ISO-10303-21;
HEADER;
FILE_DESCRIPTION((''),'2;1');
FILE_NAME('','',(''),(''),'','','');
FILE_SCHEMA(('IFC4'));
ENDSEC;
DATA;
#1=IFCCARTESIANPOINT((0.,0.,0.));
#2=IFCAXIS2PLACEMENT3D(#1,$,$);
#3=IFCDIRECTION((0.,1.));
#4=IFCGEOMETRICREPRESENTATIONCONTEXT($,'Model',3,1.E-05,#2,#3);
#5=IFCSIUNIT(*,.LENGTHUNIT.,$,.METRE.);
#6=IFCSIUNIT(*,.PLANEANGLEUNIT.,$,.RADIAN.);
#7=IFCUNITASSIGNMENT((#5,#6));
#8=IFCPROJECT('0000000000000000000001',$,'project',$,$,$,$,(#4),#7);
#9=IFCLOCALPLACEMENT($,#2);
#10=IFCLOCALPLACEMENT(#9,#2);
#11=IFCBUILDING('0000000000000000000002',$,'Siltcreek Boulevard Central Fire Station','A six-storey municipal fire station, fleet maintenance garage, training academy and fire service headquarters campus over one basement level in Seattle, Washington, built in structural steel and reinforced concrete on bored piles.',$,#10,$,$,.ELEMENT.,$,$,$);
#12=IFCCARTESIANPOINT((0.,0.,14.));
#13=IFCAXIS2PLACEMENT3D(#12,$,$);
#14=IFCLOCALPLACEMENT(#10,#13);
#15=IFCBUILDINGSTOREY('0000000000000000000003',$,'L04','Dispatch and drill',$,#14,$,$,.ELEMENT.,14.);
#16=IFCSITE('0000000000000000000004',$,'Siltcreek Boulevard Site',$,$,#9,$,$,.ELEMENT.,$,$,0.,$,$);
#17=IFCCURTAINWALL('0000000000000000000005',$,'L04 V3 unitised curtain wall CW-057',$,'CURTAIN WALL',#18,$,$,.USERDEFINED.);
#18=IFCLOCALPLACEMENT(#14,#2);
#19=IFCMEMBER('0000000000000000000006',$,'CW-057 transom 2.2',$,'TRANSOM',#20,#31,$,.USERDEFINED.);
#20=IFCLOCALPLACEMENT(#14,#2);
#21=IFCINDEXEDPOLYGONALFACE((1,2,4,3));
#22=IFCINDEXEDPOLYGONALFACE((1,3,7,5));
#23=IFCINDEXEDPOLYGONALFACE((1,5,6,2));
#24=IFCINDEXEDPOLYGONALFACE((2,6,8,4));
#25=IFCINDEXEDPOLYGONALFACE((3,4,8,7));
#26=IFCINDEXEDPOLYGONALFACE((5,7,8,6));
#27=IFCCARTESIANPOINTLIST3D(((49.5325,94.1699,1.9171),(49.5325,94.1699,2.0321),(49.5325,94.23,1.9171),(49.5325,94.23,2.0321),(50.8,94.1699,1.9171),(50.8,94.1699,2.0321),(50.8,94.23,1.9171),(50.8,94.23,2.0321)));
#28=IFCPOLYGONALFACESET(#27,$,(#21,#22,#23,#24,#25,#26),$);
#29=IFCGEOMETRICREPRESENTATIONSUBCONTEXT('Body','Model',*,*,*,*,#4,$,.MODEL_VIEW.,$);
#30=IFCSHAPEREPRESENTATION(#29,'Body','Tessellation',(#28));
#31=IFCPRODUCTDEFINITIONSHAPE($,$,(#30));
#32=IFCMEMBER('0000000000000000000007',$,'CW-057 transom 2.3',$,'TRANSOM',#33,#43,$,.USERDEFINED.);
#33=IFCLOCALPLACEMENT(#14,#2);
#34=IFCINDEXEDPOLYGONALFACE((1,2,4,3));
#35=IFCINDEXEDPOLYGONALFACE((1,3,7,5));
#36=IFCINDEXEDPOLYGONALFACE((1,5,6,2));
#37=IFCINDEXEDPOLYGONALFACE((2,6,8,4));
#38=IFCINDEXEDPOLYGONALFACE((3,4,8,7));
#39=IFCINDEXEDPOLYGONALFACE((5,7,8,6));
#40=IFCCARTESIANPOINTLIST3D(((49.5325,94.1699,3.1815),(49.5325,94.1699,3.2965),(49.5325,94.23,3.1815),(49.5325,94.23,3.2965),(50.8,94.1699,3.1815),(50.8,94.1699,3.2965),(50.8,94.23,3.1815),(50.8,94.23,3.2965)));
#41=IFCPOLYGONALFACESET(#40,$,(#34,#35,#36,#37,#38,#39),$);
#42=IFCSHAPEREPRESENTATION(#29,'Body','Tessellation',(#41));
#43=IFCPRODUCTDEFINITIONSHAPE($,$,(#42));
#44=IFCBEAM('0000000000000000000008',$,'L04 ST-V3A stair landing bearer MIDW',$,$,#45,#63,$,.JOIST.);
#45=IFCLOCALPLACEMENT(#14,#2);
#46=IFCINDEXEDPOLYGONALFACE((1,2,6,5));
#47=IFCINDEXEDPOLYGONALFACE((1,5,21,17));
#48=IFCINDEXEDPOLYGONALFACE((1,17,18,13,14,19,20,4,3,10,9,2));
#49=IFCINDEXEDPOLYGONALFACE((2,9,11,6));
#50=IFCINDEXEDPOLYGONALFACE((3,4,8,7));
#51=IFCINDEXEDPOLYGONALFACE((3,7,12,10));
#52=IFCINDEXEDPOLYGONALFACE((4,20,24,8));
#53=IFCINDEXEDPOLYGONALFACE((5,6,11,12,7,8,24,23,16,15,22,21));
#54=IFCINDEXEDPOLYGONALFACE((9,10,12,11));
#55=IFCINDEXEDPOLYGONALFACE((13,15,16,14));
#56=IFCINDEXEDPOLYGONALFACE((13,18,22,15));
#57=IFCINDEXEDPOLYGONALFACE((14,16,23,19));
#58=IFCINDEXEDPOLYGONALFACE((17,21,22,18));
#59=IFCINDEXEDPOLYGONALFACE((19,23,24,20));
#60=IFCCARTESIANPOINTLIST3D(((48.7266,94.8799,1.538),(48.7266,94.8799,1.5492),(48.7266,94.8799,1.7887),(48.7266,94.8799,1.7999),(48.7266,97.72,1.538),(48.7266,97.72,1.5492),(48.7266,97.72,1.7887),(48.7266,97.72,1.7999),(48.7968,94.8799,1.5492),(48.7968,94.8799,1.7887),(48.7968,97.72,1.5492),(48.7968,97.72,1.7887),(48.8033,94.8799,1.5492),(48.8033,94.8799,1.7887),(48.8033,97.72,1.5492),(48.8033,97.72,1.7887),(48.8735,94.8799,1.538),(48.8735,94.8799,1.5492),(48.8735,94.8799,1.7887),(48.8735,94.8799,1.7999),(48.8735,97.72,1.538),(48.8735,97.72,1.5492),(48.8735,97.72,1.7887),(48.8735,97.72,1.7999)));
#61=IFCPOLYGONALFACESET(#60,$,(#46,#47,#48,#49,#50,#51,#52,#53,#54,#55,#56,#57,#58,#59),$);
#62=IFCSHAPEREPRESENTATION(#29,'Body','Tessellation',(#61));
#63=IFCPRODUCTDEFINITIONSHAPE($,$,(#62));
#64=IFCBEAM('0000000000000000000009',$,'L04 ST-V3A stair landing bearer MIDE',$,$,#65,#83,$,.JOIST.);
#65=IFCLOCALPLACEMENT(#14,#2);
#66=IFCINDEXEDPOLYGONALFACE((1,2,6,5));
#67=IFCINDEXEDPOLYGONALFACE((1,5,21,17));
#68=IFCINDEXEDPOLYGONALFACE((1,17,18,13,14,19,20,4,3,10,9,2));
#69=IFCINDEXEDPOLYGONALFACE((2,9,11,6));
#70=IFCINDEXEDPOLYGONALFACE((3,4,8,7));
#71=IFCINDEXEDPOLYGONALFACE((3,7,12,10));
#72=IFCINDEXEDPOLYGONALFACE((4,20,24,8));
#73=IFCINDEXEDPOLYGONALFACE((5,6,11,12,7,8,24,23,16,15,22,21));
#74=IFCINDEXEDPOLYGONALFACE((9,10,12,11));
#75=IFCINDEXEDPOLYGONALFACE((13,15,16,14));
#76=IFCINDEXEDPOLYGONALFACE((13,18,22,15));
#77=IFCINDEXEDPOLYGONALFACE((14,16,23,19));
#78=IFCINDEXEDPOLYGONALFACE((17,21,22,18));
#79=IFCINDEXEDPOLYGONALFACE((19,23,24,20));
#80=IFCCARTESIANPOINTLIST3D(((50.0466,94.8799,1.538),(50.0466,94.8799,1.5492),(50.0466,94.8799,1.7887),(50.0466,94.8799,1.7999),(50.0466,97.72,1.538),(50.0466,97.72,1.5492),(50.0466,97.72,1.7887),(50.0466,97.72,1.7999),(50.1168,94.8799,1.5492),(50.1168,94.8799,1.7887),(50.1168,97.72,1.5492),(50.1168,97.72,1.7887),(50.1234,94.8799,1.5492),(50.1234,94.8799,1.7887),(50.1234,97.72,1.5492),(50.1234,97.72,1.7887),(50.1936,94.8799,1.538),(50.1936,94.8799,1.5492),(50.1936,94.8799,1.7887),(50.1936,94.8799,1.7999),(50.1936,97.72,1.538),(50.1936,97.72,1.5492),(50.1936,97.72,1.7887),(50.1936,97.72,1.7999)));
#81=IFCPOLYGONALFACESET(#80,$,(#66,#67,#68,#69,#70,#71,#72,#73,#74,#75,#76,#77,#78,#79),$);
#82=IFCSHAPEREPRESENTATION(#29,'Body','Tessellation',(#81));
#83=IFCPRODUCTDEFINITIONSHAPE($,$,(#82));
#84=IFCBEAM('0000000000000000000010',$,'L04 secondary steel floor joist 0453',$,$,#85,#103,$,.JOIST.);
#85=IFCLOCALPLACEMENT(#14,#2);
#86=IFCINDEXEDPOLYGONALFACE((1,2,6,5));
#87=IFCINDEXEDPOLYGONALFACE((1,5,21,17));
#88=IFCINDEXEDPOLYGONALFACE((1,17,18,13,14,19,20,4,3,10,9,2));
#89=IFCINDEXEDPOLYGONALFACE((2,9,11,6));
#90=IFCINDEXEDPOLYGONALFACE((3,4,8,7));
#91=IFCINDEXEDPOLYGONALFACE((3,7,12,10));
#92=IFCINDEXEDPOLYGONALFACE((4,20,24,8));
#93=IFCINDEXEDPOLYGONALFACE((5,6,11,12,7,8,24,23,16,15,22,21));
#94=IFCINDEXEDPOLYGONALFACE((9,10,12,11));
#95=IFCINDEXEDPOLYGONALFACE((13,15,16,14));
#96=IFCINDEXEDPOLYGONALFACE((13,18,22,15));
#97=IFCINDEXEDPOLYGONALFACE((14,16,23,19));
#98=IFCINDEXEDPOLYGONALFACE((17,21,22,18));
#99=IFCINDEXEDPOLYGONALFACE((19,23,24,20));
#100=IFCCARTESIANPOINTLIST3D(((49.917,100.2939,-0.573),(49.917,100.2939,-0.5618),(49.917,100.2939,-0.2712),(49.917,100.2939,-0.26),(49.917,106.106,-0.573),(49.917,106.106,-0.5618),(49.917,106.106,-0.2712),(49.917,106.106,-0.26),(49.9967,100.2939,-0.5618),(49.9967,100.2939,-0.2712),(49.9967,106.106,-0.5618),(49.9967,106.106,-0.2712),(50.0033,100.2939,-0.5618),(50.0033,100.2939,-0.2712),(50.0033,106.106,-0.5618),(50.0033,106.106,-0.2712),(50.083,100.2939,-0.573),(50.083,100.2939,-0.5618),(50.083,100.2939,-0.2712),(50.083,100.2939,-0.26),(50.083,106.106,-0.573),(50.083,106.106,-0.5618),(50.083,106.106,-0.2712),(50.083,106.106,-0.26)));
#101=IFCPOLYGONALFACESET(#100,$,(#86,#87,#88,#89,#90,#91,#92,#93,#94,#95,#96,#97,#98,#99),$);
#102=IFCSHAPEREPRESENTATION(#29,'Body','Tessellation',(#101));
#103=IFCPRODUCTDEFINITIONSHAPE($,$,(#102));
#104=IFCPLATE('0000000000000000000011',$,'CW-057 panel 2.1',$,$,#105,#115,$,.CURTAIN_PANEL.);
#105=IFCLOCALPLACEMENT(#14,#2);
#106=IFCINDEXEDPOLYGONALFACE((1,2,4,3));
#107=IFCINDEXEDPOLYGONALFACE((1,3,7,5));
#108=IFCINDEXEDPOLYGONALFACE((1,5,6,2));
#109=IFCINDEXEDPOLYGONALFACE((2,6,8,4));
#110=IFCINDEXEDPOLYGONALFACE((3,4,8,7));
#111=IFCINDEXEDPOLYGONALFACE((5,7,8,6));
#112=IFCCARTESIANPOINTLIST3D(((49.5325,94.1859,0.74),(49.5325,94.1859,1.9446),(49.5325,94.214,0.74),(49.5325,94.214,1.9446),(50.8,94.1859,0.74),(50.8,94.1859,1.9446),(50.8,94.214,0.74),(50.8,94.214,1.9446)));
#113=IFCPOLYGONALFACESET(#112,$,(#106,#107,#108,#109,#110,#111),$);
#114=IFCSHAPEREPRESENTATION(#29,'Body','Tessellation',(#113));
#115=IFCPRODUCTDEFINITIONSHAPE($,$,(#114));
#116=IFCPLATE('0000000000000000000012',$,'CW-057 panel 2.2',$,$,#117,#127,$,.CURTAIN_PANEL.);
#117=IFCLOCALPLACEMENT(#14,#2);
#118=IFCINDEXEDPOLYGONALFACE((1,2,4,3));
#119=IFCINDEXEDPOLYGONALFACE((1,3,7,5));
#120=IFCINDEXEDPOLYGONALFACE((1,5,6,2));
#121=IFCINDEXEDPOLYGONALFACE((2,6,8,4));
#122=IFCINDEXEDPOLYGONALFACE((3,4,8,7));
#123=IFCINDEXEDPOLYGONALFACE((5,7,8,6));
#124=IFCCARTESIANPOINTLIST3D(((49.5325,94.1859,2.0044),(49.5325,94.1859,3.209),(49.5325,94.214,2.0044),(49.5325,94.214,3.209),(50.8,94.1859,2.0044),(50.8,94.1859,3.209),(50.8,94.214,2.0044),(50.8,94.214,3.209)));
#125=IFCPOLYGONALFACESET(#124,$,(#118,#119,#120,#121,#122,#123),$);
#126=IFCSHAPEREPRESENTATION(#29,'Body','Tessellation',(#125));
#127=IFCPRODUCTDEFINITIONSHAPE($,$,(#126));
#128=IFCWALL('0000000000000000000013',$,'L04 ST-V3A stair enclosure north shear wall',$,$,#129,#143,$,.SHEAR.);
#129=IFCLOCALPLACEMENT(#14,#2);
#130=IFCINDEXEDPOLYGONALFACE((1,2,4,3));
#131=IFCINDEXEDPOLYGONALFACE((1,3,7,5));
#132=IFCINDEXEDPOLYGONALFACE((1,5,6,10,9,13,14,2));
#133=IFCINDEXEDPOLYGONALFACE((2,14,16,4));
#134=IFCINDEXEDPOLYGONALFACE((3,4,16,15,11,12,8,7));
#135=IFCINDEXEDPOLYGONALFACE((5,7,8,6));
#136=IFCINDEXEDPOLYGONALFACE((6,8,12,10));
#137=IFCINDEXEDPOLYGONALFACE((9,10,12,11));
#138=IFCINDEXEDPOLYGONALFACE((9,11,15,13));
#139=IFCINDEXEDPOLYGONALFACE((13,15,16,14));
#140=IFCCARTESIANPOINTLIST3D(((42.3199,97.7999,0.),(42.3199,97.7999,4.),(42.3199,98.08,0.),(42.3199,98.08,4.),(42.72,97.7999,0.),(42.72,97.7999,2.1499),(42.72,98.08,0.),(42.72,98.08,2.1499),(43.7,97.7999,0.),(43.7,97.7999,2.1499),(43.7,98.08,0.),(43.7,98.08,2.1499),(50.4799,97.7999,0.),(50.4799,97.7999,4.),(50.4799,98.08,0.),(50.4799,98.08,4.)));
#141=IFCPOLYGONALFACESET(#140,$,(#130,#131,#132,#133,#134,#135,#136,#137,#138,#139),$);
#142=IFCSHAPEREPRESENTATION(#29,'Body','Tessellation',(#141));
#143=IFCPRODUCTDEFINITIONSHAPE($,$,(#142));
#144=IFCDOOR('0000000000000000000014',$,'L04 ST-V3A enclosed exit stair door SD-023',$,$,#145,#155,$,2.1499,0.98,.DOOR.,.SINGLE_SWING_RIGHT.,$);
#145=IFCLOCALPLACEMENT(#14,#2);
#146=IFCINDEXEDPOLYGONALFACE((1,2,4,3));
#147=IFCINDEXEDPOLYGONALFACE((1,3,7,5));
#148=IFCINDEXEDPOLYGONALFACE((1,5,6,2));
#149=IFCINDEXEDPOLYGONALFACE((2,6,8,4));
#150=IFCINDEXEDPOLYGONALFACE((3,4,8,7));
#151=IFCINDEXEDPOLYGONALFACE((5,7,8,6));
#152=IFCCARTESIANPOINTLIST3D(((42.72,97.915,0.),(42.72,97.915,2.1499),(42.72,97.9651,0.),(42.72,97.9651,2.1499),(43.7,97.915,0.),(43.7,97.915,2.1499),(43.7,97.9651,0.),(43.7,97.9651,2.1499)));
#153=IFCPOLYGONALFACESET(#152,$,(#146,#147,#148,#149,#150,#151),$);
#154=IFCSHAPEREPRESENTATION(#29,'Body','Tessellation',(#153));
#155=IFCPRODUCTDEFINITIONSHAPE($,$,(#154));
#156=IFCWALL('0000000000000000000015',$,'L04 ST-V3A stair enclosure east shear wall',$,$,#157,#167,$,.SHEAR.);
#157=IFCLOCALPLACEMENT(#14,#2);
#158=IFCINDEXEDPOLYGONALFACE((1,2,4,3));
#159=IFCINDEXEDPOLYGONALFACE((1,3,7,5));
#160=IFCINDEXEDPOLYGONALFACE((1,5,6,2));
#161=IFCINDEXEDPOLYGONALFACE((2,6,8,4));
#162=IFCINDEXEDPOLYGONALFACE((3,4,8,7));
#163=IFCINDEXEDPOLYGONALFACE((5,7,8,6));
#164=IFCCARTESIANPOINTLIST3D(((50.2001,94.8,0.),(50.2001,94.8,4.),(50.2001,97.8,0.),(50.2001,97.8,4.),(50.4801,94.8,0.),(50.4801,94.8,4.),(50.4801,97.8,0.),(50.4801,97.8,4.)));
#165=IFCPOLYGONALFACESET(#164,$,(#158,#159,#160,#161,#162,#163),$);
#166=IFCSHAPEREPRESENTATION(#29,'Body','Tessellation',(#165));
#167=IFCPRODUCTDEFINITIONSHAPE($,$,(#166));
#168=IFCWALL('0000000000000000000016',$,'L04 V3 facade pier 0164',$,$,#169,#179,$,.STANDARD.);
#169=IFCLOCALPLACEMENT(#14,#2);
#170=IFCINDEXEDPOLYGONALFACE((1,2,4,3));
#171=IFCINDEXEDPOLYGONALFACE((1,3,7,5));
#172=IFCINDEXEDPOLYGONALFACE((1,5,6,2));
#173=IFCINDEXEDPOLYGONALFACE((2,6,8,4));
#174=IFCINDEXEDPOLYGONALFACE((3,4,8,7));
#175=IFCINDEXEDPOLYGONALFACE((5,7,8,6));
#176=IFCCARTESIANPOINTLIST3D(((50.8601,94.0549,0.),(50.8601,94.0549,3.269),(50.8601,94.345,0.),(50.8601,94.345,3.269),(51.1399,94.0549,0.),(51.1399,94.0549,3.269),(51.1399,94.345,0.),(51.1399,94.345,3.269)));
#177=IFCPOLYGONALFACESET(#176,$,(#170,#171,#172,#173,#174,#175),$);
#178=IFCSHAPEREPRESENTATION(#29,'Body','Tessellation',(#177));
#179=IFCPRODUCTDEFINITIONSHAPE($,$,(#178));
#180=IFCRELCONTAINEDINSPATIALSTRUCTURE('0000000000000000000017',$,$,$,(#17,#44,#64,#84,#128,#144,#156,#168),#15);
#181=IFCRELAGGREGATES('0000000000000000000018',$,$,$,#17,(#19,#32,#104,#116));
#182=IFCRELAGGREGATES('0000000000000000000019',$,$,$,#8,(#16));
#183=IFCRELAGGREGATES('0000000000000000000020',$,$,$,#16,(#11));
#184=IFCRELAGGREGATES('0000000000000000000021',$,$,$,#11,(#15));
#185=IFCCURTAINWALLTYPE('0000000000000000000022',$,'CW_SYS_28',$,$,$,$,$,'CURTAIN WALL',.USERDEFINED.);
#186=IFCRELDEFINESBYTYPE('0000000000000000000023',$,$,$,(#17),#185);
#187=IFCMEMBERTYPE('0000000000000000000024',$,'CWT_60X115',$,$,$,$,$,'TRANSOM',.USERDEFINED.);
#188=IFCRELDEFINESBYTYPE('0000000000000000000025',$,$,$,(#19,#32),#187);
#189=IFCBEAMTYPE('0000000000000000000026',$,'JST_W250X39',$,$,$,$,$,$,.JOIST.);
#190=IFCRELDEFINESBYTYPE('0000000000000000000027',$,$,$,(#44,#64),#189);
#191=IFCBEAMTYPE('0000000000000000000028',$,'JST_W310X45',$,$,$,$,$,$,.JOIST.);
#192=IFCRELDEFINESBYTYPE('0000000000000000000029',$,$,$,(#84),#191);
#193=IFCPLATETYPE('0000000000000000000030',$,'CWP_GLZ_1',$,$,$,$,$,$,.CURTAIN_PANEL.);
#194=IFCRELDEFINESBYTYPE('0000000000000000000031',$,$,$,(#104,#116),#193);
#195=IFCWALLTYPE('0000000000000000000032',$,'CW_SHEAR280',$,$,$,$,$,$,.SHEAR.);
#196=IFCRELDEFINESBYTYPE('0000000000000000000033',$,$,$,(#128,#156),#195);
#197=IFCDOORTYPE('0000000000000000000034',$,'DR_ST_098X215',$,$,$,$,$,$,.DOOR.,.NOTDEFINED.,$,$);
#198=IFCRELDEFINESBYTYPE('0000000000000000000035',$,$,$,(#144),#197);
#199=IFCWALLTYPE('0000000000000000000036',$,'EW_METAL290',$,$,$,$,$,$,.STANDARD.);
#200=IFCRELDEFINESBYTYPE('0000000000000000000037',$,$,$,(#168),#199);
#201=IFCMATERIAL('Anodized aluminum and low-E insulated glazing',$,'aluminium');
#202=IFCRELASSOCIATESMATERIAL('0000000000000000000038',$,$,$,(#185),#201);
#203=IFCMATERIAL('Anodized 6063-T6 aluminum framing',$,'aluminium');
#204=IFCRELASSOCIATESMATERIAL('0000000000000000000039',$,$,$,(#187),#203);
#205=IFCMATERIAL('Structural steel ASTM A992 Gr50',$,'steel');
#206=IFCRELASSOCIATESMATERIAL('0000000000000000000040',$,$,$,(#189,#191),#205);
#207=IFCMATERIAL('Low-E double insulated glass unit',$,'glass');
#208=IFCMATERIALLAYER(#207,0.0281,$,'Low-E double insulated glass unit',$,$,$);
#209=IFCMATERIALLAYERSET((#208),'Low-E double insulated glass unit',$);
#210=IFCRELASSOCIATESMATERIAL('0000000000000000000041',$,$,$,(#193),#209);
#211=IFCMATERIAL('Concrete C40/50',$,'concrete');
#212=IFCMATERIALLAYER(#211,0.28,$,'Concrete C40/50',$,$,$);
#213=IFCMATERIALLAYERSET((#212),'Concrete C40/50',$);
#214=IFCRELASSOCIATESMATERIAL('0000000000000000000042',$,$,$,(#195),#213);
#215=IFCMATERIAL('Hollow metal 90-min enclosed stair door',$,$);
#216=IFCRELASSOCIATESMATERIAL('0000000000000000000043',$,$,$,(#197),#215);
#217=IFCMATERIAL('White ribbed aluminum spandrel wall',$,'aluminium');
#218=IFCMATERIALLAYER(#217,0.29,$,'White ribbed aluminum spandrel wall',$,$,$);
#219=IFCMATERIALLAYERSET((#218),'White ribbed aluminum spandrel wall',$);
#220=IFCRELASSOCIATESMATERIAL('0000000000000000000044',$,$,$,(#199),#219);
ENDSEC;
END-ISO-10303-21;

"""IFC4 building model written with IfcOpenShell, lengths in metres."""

from ifc_helpers import new_model, si_unit, direction, frame, frame_2d, origin, origin_2d, place, context, subcontext, project, spatial, rectangle, i_section, extrude, material, layer, layer_set, material_profile, profile_set, type_object, element, fill, aggregate, save


model = new_model("IFC4")

# Units and contexts
model_context = context("Model", 3, precision=1e-05, world=origin(), true_north=direction((0.0, 1.0)))
body_context = subcontext(model_context, "Body", "Model", "MODEL_VIEW")
ifc_project = project(units=[si_unit("LENGTHUNIT", "METRE"), si_unit("PLANEANGLEUNIT", "RADIAN")], contexts=[model_context])

# Site, building, storey
site_placement = place(None, origin())
site = spatial("IfcSite", under=ifc_project, at=site_placement, Name="Siltcreek Boulevard Site", CompositionType="ELEMENT", RefElevation=0.0)
building_placement = place(site_placement, origin())
building = spatial("IfcBuilding", under=site, at=building_placement, Name="Siltcreek Boulevard Central Fire Station", Description="A six-storey municipal fire station, fleet maintenance garage, training academy and fire service headquarters campus over one basement level in Seattle, Washington, built in structural steel and reinforced concrete on bored piles.", CompositionType="ELEMENT")
storey_placement = place(building_placement, frame((0.0, 0.0, 14.0)))
storey = spatial("IfcBuildingStorey", under=building, at=storey_placement, Name="L04", Description="Dispatch and drill", CompositionType="ELEMENT", Elevation=14.0)

# Shared definitions
ifc_material_1 = material(Name="Structural steel ASTM A992 Gr50", Category="steel")

# Curtain wall
ifc_material_2 = material(Name="Anodized aluminum and low-E insulated glazing", Category="aluminium")
curtain_wall_type_1 = type_object("IfcCurtainWallType", Name="CW_SYS_28", ElementType="CURTAIN WALL", PredefinedType="USERDEFINED", material=ifc_material_2)
curtain_wall_1_placement = place(storey_placement, origin())
curtain_wall_1 = element("IfcCurtainWall", 1, at=curtain_wall_1_placement, inside=storey, type_object=curtain_wall_type_1, Name="L04 V3 unitised curtain wall CW-057", ObjectType="CURTAIN WALL", PredefinedType="USERDEFINED")
ifc_material_3 = material(Name="Anodized 6063-T6 aluminum framing", Category="aluminium")

# Members
ifc_material_profile_1 = material_profile(ifc_material_3, rectangle(XDim=0.0601, YDim=0.115, at=origin_2d()), Name="TRAN60X115")
ifc_profile_set_1 = profile_set([ifc_material_profile_1], Name="Anodized 6063-T6 aluminum framing")
member_type_1 = type_object("IfcMemberType", Name="CWT_60X115", ElementType="TRANSOM", PredefinedType="USERDEFINED", material=ifc_profile_set_1)
member_1_placement = place(storey_placement, frame((49.5325, 94.2, 1.9746), z_axis=(1.0, 0.0, 0.0), x_axis=(0.0, 1.0, 0.0)))
member_1 = element("IfcMember", 2, at=member_1_placement, type_object=member_type_1, Name="CW-057 transom 2.2", ObjectType="TRANSOM", PredefinedType="USERDEFINED", context=body_context, shape_type="SweptSolid", body=[
    extrude(rectangle(XDim=0.0601, YDim=0.115, at=origin_2d()), origin(), (0.0, 0.0, 1.0), 1.2676),
])
member_2_placement = place(storey_placement, frame((49.5325, 94.2, 3.239), z_axis=(1.0, 0.0, 0.0), x_axis=(0.0, 1.0, 0.0)))
member_2 = element("IfcMember", 3, at=member_2_placement, type_object=member_type_1, Name="CW-057 transom 2.3", ObjectType="TRANSOM", PredefinedType="USERDEFINED", context=body_context, shape_type="SweptSolid", body=[
    extrude(rectangle(XDim=0.0601, YDim=0.115, at=origin_2d()), origin(), (0.0, 0.0, 1.0), 1.2676),
])

# Beams
ifc_material_profile_2 = material_profile(ifc_material_1, i_section(OverallWidth=0.147, OverallDepth=0.262, WebThickness=0.0066, FlangeThickness=0.0112, at=origin_2d()), Name="W250X39")
ifc_profile_set_2 = profile_set([ifc_material_profile_2], Name="Structural steel ASTM A992 Gr50")
beam_type_1 = type_object("IfcBeamType", Name="JST_W250X39", PredefinedType="JOIST", material=ifc_profile_set_2)
for number, where, z_axis, x_axis, name in (
    (4, (48.8, 94.8799, 1.6689), (0.0, 1.0, 0.0), (-1.0, 0.0, 0.0), "L04 ST-V3A stair landing bearer MIDW"),
    (5, (50.1201, 94.8799, 1.6689), (0.0, 1.0, 0.0), (-1.0, 0.0, 0.0), "L04 ST-V3A stair landing bearer MIDE"),
):
    element("IfcBeam", number, at=place(storey_placement, frame(where, z_axis=z_axis, x_axis=x_axis)), inside=storey, type_object=beam_type_1, Name=name, PredefinedType="JOIST", context=body_context, shape_type="SweptSolid", body=[
        extrude(i_section(OverallWidth=0.147, OverallDepth=0.262, WebThickness=0.0066, FlangeThickness=0.0112, at=origin_2d()), origin(), (0.0, 0.0, 1.0), 2.8401),
    ])
ifc_material_profile_3 = material_profile(ifc_material_1, i_section(OverallWidth=0.166, OverallDepth=0.313, WebThickness=0.0066, FlangeThickness=0.0112, at=origin_2d()), Name="W310X45")
ifc_profile_set_3 = profile_set([ifc_material_profile_3], Name="Structural steel ASTM A992 Gr50")
beam_type_2 = type_object("IfcBeamType", Name="JST_W310X45", PredefinedType="JOIST", material=ifc_profile_set_3)
beam_1_placement = place(storey_placement, frame((50.0, 100.2939, -0.4165), z_axis=(0.0, 1.0, 0.0), x_axis=(-1.0, 0.0, 0.0)))
element("IfcBeam", 6, at=beam_1_placement, inside=storey, type_object=beam_type_2, Name="L04 secondary steel floor joist 0453", PredefinedType="JOIST", context=body_context, shape_type="SweptSolid", body=[
    extrude(i_section(OverallWidth=0.166, OverallDepth=0.313, WebThickness=0.0066, FlangeThickness=0.0112, at=origin_2d()), origin(), (0.0, 0.0, 1.0), 5.812),
])

# Plates
ifc_material_4 = material(Name="Low-E double insulated glass unit", Category="glass")
ifc_layer_1 = layer(ifc_material_4, 0.0281, Name="Low-E double insulated glass unit")
ifc_layer_set_1 = layer_set([ifc_layer_1], Name="Low-E double insulated glass unit")
plate_type = type_object("IfcPlateType", Name="CWP_GLZ_1", PredefinedType="CURTAIN_PANEL", material=ifc_layer_set_1)
plate_1_placement = place(storey_placement, frame((50.1663, 94.2, 0.74), z_axis=(0.0, 0.0, 1.0), x_axis=(1.0, 0.0, 0.0)))
plate_1 = element("IfcPlate", 7, at=plate_1_placement, type_object=plate_type, Name="CW-057 panel 2.1", PredefinedType="CURTAIN_PANEL", context=body_context, shape_type="SweptSolid", body=[
    extrude(rectangle(XDim=1.2676, YDim=0.0281, at=origin_2d()), origin(), (0.0, 0.0, 1.0), 1.2046),
])
plate_2_placement = place(storey_placement, frame((50.1663, 94.2, 2.0044), z_axis=(0.0, 0.0, 1.0), x_axis=(1.0, 0.0, 0.0)))
plate_2 = element("IfcPlate", 8, at=plate_2_placement, type_object=plate_type, Name="CW-057 panel 2.2", PredefinedType="CURTAIN_PANEL", context=body_context, shape_type="SweptSolid", body=[
    extrude(rectangle(XDim=1.2676, YDim=0.0281, at=origin_2d()), origin(), (0.0, 0.0, 1.0), 1.2046),
])
aggregate(curtain_wall_1, [member_1, member_2, plate_1, plate_2])

# Wall, opening, door
ifc_material_5 = material(Name="Concrete C40/50", Category="concrete")
ifc_layer_2 = layer(ifc_material_5, 0.28, Name="Concrete C40/50")
ifc_layer_set_2 = layer_set([ifc_layer_2], Name="Concrete C40/50")
wall_type_1 = type_object("IfcWallType", Name="CW_SHEAR280", PredefinedType="SHEAR", material=ifc_layer_set_2)
wall_1_placement = place(storey_placement, frame((50.48, 97.9399, 0.0), z_axis=(0.0, 0.0, 1.0), x_axis=(-1.0, 0.0, 0.0)))
wall_1 = element("IfcWall", 9, at=wall_1_placement, inside=storey, type_object=wall_type_1, Name="L04 ST-V3A stair enclosure north shear wall", PredefinedType="SHEAR", context=body_context, shape_type="SweptSolid", body=[
    extrude(rectangle(XDim=8.1599, YDim=0.28, at=frame_2d((4.0801, 0.0))), origin(), (0.0, 0.0, 1.0), 4.0),
])
opening_placement = place(wall_1_placement, frame((6.78, 0.0, 0.0)))
opening = element("IfcOpeningElement", 10, at=opening_placement, cuts=wall_1, PredefinedType="OPENING", context=body_context, shape_type="SweptSolid", body=[
    extrude(rectangle(XDim=0.98, YDim=2.1499, at=frame_2d((0.49, 1.075))), frame((0.0, 0.1499, 0.0), z_axis=(0.0, -1.0, 0.0), x_axis=(1.0, 0.0, 0.0)), (0.0, 0.0, 1.0), 0.3),
])
ifc_material_6 = material(Name="Hollow metal 90-min enclosed stair door")
door_type = type_object("IfcDoorType", Name="DR_ST_098X215", OperationType="NOTDEFINED", PredefinedType="DOOR", material=ifc_material_6)
door_placement = place(opening_placement, origin())
door = element("IfcDoor", 11, at=door_placement, inside=storey, type_object=door_type, Name="L04 ST-V3A enclosed exit stair door SD-023", OperationType="SINGLE_SWING_RIGHT", OverallHeight=2.1499, OverallWidth=0.98, PredefinedType="DOOR", context=body_context, shape_type="SweptSolid", body=[
    extrude(rectangle(XDim=0.98, YDim=2.1499, at=frame_2d((0.49, 1.075))), frame((0.0, 0.0249, 0.0), z_axis=(0.0, -1.0, 0.0), x_axis=(1.0, 0.0, 0.0)), (0.0, 0.0, 1.0), 0.05),
])
fill(opening, door)

# Walls
wall_2_placement = place(storey_placement, frame((50.3401, 94.8, 0.0), z_axis=(0.0, 0.0, 1.0), x_axis=(0.0, 1.0, 0.0)))
element("IfcWall", 12, at=wall_2_placement, inside=storey, type_object=wall_type_1, Name="L04 ST-V3A stair enclosure east shear wall", PredefinedType="SHEAR", context=body_context, shape_type="SweptSolid", body=[
    extrude(rectangle(XDim=3.0, YDim=0.28, at=frame_2d((1.5, 0.0))), origin(), (0.0, 0.0, 1.0), 4.0),
])
ifc_material_7 = material(Name="White ribbed aluminum spandrel wall", Category="aluminium")
ifc_layer_3 = layer(ifc_material_7, 0.29, Name="White ribbed aluminum spandrel wall")
ifc_layer_set_3 = layer_set([ifc_layer_3], Name="White ribbed aluminum spandrel wall")
wall_type_2 = type_object("IfcWallType", Name="EW_METAL290", PredefinedType="STANDARD", material=ifc_layer_set_3)
wall_3_placement = place(storey_placement, frame((50.8601, 94.2, 0.0), z_axis=(0.0, 0.0, 1.0), x_axis=(1.0, 0.0, 0.0)))
element("IfcWall", 13, at=wall_3_placement, inside=storey, type_object=wall_type_2, Name="L04 V3 facade pier 0164", PredefinedType="STANDARD", context=body_context, shape_type="SweptSolid", body=[
    extrude(rectangle(XDim=0.2798, YDim=0.29, at=frame_2d((0.1399, 0.0))), origin(), (0.0, 0.0, 1.0), 3.269),
])

save(model, "model.ifc")
